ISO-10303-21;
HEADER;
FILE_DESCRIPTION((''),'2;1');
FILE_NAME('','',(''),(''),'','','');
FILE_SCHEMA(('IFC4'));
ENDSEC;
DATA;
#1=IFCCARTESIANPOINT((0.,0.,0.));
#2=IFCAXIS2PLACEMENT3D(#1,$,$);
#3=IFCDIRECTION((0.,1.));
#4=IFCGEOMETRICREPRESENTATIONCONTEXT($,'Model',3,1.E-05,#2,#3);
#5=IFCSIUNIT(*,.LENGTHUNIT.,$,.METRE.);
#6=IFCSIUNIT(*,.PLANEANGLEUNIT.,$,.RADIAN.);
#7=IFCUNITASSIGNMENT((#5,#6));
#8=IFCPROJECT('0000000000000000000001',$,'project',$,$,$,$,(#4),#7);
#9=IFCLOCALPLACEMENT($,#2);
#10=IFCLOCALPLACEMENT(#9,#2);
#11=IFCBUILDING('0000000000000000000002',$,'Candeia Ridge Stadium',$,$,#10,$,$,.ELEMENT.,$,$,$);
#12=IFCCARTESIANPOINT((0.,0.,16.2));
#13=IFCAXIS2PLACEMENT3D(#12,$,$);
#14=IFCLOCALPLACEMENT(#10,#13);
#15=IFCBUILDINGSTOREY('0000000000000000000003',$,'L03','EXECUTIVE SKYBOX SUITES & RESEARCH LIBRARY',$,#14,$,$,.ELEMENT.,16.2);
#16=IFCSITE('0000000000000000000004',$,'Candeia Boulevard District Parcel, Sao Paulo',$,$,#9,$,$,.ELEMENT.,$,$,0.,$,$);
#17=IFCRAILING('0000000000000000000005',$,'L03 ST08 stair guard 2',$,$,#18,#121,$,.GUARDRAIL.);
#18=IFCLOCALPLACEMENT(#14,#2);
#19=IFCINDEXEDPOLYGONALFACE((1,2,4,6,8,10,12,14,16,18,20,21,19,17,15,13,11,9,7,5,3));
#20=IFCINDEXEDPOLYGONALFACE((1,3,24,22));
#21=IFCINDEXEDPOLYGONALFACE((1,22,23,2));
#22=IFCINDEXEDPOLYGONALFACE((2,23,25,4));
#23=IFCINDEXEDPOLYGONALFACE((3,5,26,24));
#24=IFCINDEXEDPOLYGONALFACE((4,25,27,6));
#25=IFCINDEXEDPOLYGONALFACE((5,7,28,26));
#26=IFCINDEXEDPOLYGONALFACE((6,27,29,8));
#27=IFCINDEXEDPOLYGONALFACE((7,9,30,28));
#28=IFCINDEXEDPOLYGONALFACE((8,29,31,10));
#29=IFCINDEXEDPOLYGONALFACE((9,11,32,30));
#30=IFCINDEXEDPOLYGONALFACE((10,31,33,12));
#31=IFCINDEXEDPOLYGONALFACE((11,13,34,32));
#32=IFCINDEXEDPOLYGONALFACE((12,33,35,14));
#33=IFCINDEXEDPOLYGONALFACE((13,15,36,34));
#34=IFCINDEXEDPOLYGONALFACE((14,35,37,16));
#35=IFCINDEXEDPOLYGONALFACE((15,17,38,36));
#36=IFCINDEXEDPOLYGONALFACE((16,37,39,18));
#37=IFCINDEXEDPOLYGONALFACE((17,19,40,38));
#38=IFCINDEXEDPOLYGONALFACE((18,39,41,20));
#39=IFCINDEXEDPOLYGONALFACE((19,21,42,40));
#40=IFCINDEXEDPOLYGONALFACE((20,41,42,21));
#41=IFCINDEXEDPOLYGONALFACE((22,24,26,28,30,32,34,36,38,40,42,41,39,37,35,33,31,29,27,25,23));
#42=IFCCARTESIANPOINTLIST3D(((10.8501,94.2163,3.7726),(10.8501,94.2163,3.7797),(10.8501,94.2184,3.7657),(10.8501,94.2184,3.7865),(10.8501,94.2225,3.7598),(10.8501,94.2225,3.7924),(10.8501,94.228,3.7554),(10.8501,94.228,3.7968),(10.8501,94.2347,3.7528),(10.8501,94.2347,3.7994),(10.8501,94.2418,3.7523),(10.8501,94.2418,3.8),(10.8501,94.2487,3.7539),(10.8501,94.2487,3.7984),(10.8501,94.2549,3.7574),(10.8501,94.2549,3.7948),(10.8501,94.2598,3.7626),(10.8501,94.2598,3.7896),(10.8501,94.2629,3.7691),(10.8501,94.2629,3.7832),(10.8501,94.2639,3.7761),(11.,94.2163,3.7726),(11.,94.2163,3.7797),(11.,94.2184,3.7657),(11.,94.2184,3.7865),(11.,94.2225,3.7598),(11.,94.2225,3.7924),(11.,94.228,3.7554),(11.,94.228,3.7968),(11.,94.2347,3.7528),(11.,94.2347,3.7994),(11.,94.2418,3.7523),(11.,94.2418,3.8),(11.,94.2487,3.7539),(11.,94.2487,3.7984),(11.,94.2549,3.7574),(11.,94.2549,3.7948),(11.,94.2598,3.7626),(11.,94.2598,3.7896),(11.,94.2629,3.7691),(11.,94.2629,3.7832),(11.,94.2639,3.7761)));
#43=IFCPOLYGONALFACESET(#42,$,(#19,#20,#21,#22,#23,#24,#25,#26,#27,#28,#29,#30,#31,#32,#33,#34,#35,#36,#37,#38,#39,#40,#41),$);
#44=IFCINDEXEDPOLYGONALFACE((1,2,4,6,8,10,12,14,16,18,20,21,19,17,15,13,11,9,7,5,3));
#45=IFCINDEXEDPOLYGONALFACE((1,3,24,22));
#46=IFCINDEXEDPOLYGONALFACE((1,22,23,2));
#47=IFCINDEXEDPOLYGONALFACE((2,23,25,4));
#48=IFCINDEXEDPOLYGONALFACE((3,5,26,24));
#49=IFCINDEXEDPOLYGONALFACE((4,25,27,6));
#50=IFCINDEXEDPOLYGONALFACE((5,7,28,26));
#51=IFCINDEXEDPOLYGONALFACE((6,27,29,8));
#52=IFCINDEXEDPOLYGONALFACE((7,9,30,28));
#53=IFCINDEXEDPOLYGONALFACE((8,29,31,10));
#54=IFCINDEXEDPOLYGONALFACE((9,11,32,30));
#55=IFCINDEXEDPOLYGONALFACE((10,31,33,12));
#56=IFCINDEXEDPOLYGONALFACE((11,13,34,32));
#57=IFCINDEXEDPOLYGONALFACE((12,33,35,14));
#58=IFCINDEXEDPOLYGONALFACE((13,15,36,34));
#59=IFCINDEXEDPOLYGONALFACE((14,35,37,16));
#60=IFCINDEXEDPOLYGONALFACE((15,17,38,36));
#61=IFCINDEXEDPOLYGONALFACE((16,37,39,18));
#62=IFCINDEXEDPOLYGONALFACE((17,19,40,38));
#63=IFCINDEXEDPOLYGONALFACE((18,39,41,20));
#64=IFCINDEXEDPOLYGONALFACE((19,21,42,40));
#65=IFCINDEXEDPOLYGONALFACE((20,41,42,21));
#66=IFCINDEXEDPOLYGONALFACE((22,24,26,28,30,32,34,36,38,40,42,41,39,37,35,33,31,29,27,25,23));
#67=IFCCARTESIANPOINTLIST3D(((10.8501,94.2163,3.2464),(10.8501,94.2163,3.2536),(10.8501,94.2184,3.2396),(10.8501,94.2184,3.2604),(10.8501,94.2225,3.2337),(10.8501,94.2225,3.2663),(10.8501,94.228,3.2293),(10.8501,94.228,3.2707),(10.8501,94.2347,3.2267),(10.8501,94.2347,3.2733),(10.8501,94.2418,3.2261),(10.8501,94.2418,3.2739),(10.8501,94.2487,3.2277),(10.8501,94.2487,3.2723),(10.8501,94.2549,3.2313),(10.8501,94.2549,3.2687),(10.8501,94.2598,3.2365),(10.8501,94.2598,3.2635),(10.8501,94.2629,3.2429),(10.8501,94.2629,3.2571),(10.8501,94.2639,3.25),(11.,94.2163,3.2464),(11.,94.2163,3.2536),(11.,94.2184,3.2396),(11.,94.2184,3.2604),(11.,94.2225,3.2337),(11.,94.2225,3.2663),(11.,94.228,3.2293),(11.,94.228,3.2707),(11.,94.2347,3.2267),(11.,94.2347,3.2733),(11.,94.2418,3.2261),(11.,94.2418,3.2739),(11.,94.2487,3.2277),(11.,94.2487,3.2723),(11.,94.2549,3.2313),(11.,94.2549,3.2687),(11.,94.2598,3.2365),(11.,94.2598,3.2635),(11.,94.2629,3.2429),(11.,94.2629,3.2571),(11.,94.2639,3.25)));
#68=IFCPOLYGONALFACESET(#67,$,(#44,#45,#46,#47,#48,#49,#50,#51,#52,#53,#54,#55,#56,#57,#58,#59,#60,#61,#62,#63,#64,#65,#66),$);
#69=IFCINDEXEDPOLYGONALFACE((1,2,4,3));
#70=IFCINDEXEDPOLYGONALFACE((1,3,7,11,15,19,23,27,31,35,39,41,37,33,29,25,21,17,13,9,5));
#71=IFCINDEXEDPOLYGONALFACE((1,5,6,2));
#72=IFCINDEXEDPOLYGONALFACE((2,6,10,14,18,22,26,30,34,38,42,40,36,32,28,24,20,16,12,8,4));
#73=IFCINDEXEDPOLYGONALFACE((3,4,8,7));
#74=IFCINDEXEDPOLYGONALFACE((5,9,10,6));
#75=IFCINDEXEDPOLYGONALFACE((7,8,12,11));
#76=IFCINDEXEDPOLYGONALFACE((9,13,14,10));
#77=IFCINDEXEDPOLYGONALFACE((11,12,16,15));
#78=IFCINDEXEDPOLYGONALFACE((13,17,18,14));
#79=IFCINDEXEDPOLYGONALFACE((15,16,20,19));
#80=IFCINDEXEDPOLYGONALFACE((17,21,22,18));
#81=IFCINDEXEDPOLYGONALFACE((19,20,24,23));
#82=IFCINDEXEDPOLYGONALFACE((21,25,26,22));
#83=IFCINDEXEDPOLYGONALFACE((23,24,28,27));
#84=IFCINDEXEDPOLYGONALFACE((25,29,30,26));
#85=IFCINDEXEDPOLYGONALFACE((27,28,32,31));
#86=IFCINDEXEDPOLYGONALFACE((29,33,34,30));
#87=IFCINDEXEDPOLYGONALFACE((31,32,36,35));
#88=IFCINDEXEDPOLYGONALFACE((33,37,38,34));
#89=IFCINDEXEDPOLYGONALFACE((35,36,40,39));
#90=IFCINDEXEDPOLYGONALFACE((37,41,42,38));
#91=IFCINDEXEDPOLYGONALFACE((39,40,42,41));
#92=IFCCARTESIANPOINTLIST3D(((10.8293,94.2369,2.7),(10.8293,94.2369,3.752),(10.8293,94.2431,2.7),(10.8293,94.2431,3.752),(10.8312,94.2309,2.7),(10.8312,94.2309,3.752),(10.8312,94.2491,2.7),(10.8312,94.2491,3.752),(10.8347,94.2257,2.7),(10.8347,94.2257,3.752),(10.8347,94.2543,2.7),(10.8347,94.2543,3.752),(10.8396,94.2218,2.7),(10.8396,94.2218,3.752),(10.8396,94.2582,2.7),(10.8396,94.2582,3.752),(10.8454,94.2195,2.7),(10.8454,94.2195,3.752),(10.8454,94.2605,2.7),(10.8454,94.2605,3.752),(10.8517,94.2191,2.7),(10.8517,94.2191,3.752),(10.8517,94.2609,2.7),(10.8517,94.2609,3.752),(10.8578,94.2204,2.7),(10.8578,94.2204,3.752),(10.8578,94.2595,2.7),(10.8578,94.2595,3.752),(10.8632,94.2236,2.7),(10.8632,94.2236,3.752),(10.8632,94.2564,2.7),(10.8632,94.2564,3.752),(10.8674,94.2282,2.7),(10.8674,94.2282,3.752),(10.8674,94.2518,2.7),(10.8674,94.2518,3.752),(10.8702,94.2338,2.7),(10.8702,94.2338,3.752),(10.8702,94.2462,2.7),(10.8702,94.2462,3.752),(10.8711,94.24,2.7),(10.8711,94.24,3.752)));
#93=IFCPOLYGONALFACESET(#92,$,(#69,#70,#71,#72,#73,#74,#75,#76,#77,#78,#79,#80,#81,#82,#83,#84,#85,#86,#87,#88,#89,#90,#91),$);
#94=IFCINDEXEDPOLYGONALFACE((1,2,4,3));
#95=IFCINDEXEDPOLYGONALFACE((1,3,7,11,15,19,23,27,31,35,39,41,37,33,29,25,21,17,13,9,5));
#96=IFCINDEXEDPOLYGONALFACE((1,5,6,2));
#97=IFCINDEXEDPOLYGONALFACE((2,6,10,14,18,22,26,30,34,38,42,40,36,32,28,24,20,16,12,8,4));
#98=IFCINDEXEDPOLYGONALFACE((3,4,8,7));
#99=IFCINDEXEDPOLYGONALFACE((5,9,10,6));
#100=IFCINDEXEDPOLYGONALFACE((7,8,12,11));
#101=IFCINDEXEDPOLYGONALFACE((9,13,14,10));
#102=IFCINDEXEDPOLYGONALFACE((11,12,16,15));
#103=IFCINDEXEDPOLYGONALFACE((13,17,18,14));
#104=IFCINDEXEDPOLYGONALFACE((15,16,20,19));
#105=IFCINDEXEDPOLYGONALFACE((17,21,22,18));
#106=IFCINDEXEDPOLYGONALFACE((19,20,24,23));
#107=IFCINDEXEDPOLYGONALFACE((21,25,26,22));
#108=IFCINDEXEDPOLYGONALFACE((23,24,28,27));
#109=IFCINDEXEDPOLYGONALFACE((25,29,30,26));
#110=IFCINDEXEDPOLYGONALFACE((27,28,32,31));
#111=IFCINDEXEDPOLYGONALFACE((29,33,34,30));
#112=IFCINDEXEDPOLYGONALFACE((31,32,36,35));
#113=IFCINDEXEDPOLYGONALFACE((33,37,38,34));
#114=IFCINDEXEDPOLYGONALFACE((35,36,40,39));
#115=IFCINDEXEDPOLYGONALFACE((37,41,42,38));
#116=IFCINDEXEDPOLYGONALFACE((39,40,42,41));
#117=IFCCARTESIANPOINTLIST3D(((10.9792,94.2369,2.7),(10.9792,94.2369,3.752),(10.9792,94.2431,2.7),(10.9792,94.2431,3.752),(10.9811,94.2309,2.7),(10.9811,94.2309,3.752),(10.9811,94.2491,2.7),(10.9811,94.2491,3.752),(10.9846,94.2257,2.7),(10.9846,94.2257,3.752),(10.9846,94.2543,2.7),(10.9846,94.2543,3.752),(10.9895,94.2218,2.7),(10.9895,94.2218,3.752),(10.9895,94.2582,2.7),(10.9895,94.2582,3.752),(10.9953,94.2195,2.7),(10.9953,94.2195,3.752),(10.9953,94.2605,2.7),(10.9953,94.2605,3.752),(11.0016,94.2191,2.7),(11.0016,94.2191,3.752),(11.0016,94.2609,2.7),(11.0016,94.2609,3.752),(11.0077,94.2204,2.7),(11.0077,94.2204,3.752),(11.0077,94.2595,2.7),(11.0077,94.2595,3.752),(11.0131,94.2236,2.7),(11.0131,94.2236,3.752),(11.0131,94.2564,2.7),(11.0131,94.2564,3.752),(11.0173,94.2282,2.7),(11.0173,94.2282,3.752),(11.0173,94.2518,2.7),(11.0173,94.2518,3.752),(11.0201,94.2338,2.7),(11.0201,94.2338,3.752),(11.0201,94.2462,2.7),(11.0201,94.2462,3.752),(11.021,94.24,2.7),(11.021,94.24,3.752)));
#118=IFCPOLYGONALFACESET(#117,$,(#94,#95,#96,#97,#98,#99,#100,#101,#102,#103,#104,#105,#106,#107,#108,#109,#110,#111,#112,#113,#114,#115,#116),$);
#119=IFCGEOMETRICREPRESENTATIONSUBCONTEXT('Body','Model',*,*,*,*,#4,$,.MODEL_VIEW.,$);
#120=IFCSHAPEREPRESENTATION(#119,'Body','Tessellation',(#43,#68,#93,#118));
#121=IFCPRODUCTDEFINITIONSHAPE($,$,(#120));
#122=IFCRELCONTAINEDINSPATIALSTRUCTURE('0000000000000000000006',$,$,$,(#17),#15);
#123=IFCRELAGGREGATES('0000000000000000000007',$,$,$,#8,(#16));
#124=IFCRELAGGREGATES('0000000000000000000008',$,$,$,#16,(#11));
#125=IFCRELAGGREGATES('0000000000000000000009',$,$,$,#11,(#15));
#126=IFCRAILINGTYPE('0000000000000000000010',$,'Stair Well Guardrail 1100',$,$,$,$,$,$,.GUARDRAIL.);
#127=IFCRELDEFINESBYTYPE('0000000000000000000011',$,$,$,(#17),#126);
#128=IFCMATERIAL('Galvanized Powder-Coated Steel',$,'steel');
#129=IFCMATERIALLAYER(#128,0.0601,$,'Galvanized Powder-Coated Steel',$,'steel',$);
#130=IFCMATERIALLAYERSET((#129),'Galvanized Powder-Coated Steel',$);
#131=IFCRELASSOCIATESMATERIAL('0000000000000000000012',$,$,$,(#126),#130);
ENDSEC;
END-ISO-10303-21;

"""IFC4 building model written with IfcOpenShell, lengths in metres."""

from ifc_helpers import new_model, si_unit, direction, frame, origin, origin_2d, place, context, subcontext, project, spatial, circle, extrude, material, layer, layer_set, type_object, element, save


model = new_model("IFC4")

# Units and contexts
model_context = context("Model", 3, precision=1e-05, world=origin(), true_north=direction((0.0, 1.0)))
body_context = subcontext(model_context, "Body", "Model", "MODEL_VIEW")
ifc_project = project(units=[si_unit("LENGTHUNIT", "METRE"), si_unit("PLANEANGLEUNIT", "RADIAN")], contexts=[model_context])

# Site, building, storey
site_placement = place(None, origin())
site = spatial("IfcSite", under=ifc_project, at=site_placement, Name="Candeia Boulevard District Parcel, Sao Paulo", CompositionType="ELEMENT", RefElevation=0.0)
building_placement = place(site_placement, origin())
building = spatial("IfcBuilding", under=site, at=building_placement, Name="Candeia Ridge Stadium", CompositionType="ELEMENT")
storey_placement = place(building_placement, frame((0.0, 0.0, 16.2)))
storey = spatial("IfcBuildingStorey", under=building, at=storey_placement, Name="L03", Description="EXECUTIVE SKYBOX SUITES & RESEARCH LIBRARY", CompositionType="ELEMENT", Elevation=16.2)

# Railing
ifc_material_1 = material(Name="Galvanized Powder-Coated Steel", Category="steel")
ifc_layer_1 = layer(ifc_material_1, 0.0601, Name="Galvanized Powder-Coated Steel", Category="steel")
ifc_layer_set_1 = layer_set([ifc_layer_1], Name="Galvanized Powder-Coated Steel")
railing_type_1 = type_object("IfcRailingType", Name="Stair Well Guardrail 1100", PredefinedType="GUARDRAIL", material=ifc_layer_set_1)
railing_1_placement = place(storey_placement, frame((10.8501, 94.24, 2.7)))
element("IfcRailing", 1, at=railing_1_placement, inside=storey, type_object=railing_type_1, Name="L03 ST08 stair guard 2", PredefinedType="GUARDRAIL", context=body_context, shape_type="SweptSolid", body=[
    extrude(circle(Radius=0.0239, at=origin_2d()), frame((0.0, 0.0, 1.0762), z_axis=(1.0, 0.0, 0.0), x_axis=(0.0, 1.0, 0.0)), (0.0, 0.0, 1.0), 0.1499),
    extrude(circle(Radius=0.0239, at=origin_2d()), frame((0.0, 0.0, 0.55), z_axis=(1.0, 0.0, 0.0), x_axis=(0.0, 1.0, 0.0)), (0.0, 0.0, 1.0), 0.1499),
    extrude(circle(Radius=0.021, at=origin_2d()), origin(), (0.0, 0.0, 1.0), 1.052),
    extrude(circle(Radius=0.021, at=origin_2d()), frame((0.1499, 0.0, 0.0)), (0.0, 0.0, 1.0), 1.052),
])

save(model, "model.ifc")
